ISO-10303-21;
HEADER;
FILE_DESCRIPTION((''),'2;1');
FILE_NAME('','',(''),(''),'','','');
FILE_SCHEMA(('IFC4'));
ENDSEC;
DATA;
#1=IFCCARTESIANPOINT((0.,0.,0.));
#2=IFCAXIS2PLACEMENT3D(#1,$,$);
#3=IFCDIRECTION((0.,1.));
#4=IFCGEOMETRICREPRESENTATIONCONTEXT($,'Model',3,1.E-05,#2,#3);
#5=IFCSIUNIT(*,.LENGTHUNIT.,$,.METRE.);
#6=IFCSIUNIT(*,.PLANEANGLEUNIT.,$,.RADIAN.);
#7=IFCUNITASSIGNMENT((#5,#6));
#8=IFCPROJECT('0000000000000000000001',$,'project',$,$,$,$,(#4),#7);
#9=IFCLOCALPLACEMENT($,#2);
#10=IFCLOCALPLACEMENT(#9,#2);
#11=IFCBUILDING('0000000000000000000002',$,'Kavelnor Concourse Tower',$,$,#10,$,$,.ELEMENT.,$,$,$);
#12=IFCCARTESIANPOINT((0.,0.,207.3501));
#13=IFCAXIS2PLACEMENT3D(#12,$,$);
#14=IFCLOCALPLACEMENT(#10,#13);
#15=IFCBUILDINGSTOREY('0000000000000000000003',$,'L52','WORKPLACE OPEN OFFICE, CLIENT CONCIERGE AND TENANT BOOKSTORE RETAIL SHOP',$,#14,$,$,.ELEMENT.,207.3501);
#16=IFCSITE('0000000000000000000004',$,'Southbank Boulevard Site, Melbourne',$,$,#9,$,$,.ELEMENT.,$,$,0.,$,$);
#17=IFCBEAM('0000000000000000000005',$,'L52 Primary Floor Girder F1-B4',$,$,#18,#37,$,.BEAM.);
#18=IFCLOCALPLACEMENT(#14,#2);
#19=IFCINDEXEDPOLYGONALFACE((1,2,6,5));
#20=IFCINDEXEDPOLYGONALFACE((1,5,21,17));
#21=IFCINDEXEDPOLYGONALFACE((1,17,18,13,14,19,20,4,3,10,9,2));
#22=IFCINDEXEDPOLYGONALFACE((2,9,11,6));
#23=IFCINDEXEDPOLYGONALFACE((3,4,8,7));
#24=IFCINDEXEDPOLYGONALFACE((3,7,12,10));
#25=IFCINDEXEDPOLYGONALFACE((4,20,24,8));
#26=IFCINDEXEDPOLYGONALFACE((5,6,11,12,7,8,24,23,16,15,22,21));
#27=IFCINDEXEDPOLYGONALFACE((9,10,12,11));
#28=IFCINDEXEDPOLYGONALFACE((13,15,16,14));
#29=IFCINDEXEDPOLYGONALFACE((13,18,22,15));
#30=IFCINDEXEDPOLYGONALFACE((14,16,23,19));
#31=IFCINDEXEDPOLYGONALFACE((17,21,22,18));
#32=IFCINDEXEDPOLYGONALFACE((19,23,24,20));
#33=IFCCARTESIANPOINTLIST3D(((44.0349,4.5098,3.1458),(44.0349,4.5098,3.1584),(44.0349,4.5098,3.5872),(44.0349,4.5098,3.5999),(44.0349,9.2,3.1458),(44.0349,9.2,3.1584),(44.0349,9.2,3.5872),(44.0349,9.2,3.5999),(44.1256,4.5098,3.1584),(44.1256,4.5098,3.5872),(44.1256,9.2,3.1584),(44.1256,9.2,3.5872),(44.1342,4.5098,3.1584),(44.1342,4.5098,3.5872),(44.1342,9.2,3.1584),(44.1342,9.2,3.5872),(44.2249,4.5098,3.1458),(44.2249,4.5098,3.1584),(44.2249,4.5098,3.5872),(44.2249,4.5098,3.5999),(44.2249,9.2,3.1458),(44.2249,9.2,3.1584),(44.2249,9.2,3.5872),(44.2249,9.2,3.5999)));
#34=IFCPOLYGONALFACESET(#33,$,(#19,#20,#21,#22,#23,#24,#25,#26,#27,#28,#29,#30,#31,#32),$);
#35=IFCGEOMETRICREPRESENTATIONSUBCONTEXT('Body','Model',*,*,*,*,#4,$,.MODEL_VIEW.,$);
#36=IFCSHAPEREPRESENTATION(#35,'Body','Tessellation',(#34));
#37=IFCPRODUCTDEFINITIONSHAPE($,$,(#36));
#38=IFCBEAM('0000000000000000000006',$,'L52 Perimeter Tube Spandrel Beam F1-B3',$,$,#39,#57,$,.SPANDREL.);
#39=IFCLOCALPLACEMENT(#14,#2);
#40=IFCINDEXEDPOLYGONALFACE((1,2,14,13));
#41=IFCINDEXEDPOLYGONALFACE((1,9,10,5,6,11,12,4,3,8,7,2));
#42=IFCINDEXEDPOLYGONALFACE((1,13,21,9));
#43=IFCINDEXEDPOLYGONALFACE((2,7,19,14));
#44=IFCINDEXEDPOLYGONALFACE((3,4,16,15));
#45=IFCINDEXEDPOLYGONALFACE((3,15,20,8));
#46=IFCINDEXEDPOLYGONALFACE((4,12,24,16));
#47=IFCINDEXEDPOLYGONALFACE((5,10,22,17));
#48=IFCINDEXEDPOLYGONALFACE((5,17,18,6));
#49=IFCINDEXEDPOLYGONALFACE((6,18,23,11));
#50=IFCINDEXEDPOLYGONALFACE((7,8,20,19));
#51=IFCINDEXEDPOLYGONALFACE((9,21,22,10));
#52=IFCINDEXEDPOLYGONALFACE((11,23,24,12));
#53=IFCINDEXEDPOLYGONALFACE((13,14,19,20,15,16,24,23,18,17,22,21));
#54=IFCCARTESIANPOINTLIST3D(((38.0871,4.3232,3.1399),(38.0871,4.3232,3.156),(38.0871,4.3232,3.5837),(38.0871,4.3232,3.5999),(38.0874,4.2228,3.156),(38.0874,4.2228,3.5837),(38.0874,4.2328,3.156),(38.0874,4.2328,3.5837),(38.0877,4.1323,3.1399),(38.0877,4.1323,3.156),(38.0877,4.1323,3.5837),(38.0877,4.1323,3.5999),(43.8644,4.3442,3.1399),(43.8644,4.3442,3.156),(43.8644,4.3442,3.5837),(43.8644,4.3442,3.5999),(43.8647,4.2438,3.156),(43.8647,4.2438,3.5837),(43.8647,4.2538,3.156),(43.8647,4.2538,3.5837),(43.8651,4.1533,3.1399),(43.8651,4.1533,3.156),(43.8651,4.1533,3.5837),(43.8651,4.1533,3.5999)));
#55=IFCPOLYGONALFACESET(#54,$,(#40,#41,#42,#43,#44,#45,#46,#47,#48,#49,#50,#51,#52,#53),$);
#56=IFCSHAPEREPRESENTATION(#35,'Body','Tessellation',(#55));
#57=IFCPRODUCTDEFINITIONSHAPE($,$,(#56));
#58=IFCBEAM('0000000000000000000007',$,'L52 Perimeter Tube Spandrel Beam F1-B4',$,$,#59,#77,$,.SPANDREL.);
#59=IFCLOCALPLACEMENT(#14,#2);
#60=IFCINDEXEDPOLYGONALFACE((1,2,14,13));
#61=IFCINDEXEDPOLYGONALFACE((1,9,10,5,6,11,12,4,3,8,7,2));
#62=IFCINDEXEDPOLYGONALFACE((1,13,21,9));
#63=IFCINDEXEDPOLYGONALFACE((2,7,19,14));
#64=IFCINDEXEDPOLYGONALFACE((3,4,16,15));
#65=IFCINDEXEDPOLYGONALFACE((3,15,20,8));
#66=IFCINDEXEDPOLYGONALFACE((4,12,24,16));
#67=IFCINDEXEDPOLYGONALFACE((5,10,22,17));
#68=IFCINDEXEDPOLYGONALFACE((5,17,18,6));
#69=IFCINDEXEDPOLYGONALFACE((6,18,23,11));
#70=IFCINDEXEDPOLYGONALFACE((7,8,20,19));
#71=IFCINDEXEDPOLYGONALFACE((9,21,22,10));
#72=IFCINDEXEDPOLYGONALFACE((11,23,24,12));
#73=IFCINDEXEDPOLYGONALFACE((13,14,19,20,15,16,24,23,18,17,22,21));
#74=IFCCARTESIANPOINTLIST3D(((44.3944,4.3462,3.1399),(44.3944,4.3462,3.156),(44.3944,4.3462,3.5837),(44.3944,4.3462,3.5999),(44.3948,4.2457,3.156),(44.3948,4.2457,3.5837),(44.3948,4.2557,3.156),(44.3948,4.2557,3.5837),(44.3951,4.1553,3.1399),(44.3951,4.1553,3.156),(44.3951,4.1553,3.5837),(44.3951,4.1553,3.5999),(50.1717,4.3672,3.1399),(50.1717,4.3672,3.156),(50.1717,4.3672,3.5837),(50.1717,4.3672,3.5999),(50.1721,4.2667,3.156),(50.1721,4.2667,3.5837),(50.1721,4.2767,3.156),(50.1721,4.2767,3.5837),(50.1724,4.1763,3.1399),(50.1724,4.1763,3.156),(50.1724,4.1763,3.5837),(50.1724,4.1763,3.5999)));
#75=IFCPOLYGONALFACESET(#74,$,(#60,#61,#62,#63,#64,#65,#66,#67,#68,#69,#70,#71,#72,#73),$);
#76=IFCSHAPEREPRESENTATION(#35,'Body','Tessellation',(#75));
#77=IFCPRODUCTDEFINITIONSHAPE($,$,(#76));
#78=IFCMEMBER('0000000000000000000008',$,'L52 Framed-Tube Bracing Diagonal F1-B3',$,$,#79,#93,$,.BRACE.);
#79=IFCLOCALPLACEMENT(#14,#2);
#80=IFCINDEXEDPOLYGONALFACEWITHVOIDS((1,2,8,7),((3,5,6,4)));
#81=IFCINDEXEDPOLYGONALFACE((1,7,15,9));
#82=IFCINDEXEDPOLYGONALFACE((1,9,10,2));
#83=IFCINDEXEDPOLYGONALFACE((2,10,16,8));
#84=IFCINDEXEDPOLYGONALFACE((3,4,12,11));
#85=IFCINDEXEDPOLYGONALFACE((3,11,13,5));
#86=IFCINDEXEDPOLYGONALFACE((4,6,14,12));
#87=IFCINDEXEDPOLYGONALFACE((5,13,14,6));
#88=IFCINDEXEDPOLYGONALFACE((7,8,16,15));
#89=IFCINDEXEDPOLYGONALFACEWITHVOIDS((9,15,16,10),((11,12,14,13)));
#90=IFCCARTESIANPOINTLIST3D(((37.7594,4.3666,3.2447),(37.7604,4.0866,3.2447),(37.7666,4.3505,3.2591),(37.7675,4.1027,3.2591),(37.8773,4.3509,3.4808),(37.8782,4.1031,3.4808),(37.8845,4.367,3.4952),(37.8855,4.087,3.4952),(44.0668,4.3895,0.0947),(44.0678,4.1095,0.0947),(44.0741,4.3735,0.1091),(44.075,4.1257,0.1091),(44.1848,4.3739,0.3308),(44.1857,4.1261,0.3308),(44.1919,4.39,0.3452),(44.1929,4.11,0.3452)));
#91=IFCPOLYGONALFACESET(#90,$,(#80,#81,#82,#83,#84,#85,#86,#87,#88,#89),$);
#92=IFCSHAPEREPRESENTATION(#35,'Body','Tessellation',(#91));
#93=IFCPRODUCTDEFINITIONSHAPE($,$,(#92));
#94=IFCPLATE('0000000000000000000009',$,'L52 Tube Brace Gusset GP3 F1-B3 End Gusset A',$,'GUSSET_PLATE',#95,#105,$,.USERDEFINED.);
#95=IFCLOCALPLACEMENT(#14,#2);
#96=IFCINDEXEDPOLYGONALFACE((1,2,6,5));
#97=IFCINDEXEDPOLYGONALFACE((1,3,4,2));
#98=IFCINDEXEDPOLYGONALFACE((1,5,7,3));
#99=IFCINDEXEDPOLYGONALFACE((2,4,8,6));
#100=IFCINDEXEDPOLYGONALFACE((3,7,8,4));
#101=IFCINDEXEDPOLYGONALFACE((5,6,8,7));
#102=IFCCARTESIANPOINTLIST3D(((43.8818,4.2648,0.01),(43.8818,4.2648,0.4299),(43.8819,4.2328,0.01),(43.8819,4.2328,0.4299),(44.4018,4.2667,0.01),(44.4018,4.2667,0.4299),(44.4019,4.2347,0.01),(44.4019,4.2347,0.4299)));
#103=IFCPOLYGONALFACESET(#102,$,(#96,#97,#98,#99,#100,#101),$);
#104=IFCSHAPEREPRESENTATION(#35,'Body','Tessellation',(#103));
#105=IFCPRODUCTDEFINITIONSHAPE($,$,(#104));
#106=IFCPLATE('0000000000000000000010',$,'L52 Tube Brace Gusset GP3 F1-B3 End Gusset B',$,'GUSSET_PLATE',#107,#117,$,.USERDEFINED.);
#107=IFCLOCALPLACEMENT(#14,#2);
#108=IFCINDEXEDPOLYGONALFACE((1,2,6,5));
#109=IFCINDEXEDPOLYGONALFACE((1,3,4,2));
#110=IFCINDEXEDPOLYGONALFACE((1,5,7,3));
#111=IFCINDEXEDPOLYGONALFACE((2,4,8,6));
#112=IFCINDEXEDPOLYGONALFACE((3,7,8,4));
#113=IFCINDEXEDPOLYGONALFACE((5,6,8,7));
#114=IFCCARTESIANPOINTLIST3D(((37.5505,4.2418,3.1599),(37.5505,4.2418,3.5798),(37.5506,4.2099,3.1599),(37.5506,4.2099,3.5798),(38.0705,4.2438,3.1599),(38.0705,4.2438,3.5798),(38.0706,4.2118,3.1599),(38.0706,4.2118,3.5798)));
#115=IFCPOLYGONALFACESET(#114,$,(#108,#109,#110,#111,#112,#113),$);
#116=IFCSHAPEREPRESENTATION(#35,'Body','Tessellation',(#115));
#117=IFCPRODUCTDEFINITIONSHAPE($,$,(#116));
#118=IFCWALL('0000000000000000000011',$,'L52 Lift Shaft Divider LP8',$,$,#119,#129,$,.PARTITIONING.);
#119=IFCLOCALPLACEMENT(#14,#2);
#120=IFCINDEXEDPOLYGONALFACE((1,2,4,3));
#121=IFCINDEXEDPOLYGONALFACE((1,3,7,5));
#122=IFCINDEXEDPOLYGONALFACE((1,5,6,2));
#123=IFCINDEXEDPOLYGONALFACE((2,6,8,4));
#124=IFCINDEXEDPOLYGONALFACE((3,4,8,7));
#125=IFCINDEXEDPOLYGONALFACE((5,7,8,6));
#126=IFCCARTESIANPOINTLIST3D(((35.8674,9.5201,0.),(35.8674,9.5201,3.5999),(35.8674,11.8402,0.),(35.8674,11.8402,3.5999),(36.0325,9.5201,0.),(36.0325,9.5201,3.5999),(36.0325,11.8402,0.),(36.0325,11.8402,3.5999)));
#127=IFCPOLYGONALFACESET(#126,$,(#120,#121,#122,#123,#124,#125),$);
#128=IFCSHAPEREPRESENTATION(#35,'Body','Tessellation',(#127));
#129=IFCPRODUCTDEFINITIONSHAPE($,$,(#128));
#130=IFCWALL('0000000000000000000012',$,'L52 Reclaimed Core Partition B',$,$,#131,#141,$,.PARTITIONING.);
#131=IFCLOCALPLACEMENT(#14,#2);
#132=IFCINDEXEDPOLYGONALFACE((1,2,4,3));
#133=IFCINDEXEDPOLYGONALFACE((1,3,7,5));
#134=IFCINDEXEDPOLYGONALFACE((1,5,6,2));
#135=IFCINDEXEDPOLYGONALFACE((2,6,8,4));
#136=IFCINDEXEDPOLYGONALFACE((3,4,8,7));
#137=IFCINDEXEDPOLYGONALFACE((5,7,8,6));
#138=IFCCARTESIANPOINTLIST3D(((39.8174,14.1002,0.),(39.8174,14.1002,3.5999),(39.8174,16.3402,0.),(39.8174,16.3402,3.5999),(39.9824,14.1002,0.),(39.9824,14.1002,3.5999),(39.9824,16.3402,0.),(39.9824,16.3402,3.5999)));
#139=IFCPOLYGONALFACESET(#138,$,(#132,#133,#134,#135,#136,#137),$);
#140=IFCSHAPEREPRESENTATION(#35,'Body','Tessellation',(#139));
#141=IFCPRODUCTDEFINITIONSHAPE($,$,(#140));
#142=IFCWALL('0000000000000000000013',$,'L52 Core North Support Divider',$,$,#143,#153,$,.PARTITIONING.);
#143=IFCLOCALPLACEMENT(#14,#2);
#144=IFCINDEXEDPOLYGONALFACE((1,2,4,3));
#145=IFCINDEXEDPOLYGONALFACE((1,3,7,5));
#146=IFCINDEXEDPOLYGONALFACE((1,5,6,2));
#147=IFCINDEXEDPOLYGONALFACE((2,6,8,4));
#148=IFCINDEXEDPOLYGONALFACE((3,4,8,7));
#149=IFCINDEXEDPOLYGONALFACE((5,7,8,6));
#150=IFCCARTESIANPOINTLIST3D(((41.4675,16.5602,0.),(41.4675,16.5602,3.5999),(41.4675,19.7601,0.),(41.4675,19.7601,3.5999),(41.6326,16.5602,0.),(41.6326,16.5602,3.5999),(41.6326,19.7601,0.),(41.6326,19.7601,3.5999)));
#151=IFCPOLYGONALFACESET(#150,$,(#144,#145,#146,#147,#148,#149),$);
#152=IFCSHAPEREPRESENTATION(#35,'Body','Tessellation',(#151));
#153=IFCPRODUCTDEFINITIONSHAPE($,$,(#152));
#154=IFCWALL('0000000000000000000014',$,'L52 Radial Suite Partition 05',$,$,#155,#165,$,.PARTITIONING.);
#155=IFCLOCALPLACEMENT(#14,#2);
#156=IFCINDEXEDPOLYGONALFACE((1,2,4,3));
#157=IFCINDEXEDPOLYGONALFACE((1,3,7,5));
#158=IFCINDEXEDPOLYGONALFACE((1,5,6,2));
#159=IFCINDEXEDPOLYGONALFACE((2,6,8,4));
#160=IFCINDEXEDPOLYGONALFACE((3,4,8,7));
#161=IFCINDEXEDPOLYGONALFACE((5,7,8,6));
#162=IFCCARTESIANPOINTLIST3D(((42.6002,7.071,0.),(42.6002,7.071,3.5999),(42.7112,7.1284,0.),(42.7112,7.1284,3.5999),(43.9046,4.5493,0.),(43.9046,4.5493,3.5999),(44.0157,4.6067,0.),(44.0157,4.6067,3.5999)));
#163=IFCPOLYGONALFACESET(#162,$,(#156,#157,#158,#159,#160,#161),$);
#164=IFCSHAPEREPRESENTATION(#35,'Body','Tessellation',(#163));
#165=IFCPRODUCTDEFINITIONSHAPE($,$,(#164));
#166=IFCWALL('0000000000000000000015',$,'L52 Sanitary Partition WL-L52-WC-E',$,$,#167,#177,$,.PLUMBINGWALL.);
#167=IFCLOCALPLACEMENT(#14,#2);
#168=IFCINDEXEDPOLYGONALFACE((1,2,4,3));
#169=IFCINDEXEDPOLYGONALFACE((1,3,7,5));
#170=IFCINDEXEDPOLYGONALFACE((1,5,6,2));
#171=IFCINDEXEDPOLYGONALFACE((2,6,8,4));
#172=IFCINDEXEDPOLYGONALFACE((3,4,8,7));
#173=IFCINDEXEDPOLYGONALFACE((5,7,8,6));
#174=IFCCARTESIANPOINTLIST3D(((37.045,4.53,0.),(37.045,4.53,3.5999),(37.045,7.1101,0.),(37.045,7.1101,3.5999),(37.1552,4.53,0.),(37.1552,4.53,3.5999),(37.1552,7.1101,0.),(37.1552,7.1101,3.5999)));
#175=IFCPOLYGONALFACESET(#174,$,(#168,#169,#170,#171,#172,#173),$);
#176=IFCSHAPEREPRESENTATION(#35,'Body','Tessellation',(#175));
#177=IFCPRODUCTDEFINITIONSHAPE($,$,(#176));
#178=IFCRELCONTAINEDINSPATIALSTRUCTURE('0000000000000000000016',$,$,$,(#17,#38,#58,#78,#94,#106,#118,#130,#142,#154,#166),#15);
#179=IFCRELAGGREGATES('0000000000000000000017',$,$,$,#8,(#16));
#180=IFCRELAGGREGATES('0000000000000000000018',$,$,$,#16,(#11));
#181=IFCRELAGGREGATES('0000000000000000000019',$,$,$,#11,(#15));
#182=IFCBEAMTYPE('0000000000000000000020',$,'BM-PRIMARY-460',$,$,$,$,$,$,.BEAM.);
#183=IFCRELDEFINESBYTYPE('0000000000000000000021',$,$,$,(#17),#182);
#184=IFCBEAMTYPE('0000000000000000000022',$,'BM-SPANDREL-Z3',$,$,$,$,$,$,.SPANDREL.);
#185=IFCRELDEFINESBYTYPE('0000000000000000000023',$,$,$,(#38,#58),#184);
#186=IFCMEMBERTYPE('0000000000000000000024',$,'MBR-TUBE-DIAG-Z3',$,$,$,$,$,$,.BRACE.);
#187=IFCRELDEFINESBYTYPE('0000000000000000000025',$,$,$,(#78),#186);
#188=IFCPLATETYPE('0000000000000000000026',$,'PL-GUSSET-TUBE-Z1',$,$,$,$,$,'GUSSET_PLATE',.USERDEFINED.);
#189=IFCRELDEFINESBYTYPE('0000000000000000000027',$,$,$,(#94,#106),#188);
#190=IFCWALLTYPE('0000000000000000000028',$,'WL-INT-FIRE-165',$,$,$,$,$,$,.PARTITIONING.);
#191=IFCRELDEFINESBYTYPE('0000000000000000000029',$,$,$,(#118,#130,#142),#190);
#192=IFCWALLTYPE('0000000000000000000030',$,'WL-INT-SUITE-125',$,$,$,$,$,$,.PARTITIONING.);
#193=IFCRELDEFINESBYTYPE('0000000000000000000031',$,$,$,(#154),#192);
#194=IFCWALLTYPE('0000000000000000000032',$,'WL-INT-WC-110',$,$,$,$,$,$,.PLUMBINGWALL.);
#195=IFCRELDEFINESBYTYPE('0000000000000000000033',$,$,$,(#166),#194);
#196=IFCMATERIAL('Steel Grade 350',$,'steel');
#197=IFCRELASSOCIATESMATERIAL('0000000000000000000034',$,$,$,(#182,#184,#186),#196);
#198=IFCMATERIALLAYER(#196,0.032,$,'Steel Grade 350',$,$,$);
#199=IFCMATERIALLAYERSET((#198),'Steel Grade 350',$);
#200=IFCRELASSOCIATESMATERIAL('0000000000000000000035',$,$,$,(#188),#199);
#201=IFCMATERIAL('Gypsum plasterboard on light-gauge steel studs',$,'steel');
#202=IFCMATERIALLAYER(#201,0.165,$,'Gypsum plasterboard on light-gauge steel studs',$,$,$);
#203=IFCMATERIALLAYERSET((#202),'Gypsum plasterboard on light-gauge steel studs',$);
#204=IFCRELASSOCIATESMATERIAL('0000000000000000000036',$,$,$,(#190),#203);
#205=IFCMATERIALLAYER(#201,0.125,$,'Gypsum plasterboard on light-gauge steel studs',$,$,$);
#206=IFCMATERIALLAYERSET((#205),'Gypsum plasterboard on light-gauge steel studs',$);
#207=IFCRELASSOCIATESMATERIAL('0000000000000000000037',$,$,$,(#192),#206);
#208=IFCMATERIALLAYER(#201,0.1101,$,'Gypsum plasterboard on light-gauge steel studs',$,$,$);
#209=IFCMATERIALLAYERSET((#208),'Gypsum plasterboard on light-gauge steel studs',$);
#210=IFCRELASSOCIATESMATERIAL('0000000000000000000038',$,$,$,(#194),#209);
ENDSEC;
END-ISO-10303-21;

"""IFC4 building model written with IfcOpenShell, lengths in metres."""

from ifc_helpers import new_model, si_unit, direction, frame, frame_2d, origin, origin_2d, place, context, subcontext, project, spatial, rectangle, hollow_rectangle, i_section, extrude, material, layer, layer_set, material_profile, profile_set, type_object, element, save


model = new_model("IFC4")

# Units and contexts
model_context = context("Model", 3, precision=1e-05, world=origin(), true_north=direction((0.0, 1.0)))
body_context = subcontext(model_context, "Body", "Model", "MODEL_VIEW")
ifc_project = project(units=[si_unit("LENGTHUNIT", "METRE"), si_unit("PLANEANGLEUNIT", "RADIAN")], contexts=[model_context])

# Site, building, storey
site_placement = place(None, origin())
site = spatial("IfcSite", under=ifc_project, at=site_placement, Name="Southbank Boulevard Site, Melbourne", CompositionType="ELEMENT", RefElevation=0.0)
building_placement = place(site_placement, origin())
building = spatial("IfcBuilding", under=site, at=building_placement, Name="Kavelnor Concourse Tower", CompositionType="ELEMENT")
storey_placement = place(building_placement, frame((0.0, 0.0, 207.3501)))
storey = spatial("IfcBuildingStorey", under=building, at=storey_placement, Name="L52", Description="WORKPLACE OPEN OFFICE, CLIENT CONCIERGE AND TENANT BOOKSTORE RETAIL SHOP", CompositionType="ELEMENT", Elevation=207.3501)

# Shared definitions
ifc_material_1 = material(Name="Steel Grade 350", Category="steel")

# Beams
ifc_material_profile_1 = material_profile(ifc_material_1, i_section(OverallWidth=0.1899, OverallDepth=0.4541, WebThickness=0.0085, FlangeThickness=0.0127, at=origin_2d()), Name="460UB67")
ifc_profile_set_1 = profile_set([ifc_material_profile_1], Name="Steel Grade 350")
beam_type_1 = type_object("IfcBeamType", Name="BM-PRIMARY-460", PredefinedType="BEAM", material=ifc_profile_set_1)
beam_1_placement = place(storey_placement, frame((44.1299, 9.2, 3.3728), z_axis=(0.0, -1.0, 0.0), x_axis=(1.0, 0.0, 0.0)))
element("IfcBeam", 1, at=beam_1_placement, inside=storey, type_object=beam_type_1, Name="L52 Primary Floor Girder F1-B4", PredefinedType="BEAM", context=body_context, shape_type="SweptSolid", body=[
    extrude(i_section(OverallWidth=0.1899, OverallDepth=0.4541, WebThickness=0.0085, FlangeThickness=0.0127, at=origin_2d()), origin(), (0.0, 0.0, 1.0), 4.6902),
])
ifc_material_profile_2 = material_profile(ifc_material_1, i_section(OverallWidth=0.1909, OverallDepth=0.46, WebThickness=0.01, FlangeThickness=0.0161, at=origin_2d()), Name="460UB82")
ifc_profile_set_2 = profile_set([ifc_material_profile_2], Name="Steel Grade 350")
beam_type_2 = type_object("IfcBeamType", Name="BM-SPANDREL-Z3", PredefinedType="SPANDREL", material=ifc_profile_set_2)
for number, where, z_axis, x_axis, name in (
    (2, (38.0874, 4.2278, 3.3699), (0.999993, 0.003634, 0.0), (-0.003634, 0.999993, 0.0), "L52 Perimeter Tube Spandrel Beam F1-B3"),
    (3, (44.3948, 4.2507, 3.3699), (0.999993, 0.003634, 0.0), (-0.003634, 0.999993, 0.0), "L52 Perimeter Tube Spandrel Beam F1-B4"),
):
    element("IfcBeam", number, at=place(storey_placement, frame(where, z_axis=z_axis, x_axis=x_axis)), inside=storey, type_object=beam_type_2, Name=name, PredefinedType="SPANDREL", context=body_context, shape_type="SweptSolid", body=[
        extrude(i_section(OverallWidth=0.1909, OverallDepth=0.46, WebThickness=0.01, FlangeThickness=0.0161, at=origin_2d()), origin(), (0.0, 0.0, 1.0), 5.7773),
    ])

# Member
ifc_material_profile_3 = material_profile(ifc_material_1, hollow_rectangle(XDim=0.28, YDim=0.28, WallThickness=0.0161, at=origin_2d()), Name="SHS 280x280x16")
ifc_profile_set_3 = profile_set([ifc_material_profile_3], Name="Steel Grade 350")
member_type = type_object("IfcMemberType", Name="MBR-TUBE-DIAG-Z3", PredefinedType="BRACE", material=ifc_profile_set_3)
member_placement = place(storey_placement, frame((44.1299, 4.2498, 0.22), z_axis=(-0.894637, -0.003255, 0.446782), x_axis=(0.003638, -0.999993, 0.0)))
element("IfcMember", 4, at=member_placement, inside=storey, type_object=member_type, Name="L52 Framed-Tube Bracing Diagonal F1-B3", PredefinedType="BRACE", context=body_context, shape_type="SweptSolid", body=[
    extrude(hollow_rectangle(XDim=0.28, YDim=0.28, WallThickness=0.0161, at=origin_2d()), origin(), (0.0, 0.0, 1.0), 7.0503),
])

# Plates
ifc_layer_1 = layer(ifc_material_1, 0.032, Name="Steel Grade 350")
ifc_layer_set_1 = layer_set([ifc_layer_1], Name="Steel Grade 350")
plate_type = type_object("IfcPlateType", Name="PL-GUSSET-TUBE-Z1", ElementType="GUSSET_PLATE", PredefinedType="USERDEFINED", material=ifc_layer_set_1)
for number, where, z_axis, x_axis, name in (
    (5, (44.1418, 4.2498, 0.01), (0.0, 0.0, 1.0), (-0.999993, -0.003665, 0.0), "L52 Tube Brace Gusset GP3 F1-B3 End Gusset A"),
    (6, (37.8105, 4.2268, 3.1599), (0.0, 0.0, 1.0), (-0.999993, -0.003665, 0.0), "L52 Tube Brace Gusset GP3 F1-B3 End Gusset B"),
):
    element("IfcPlate", number, at=place(storey_placement, frame(where, z_axis=z_axis, x_axis=x_axis)), inside=storey, type_object=plate_type, Name=name, ObjectType="GUSSET_PLATE", PredefinedType="USERDEFINED", context=body_context, shape_type="SweptSolid", body=[
        extrude(rectangle(XDim=0.52, YDim=0.032, at=origin_2d()), origin(), (0.0, 0.0, 1.0), 0.4199),
    ])

# Walls
ifc_material_2 = material(Name="Gypsum plasterboard on light-gauge steel studs", Category="steel")
ifc_layer_2 = layer(ifc_material_2, 0.165, Name="Gypsum plasterboard on light-gauge steel studs")
ifc_layer_set_2 = layer_set([ifc_layer_2], Name="Gypsum plasterboard on light-gauge steel studs")
wall_type_1 = type_object("IfcWallType", Name="WL-INT-FIRE-165", PredefinedType="PARTITIONING", material=ifc_layer_set_2)
wall_1_placement = place(storey_placement, frame((35.95, 9.52, 0.0), z_axis=(0.0, 0.0, 1.0), x_axis=(0.0, 1.0, 0.0)))
element("IfcWall", 7, at=wall_1_placement, inside=storey, type_object=wall_type_1, Name="L52 Lift Shaft Divider LP8", PredefinedType="PARTITIONING", context=body_context, shape_type="SweptSolid", body=[
    extrude(rectangle(XDim=2.3201, YDim=0.165, at=frame_2d((1.1602, 0.0))), origin(), (0.0, 0.0, 1.0), 3.5999),
])
wall_2_placement = place(storey_placement, frame((39.8999, 14.1001, 0.0), z_axis=(0.0, 0.0, 1.0), x_axis=(0.0, 1.0, 0.0)))
element("IfcWall", 8, at=wall_2_placement, inside=storey, type_object=wall_type_1, Name="L52 Reclaimed Core Partition B", PredefinedType="PARTITIONING", context=body_context, shape_type="SweptSolid", body=[
    extrude(rectangle(XDim=2.24, YDim=0.165, at=frame_2d((1.1201, 0.0))), origin(), (0.0, 0.0, 1.0), 3.5999),
])
wall_3_placement = place(storey_placement, frame((41.55, 16.5601, 0.0), z_axis=(0.0, 0.0, 1.0), x_axis=(0.0, 1.0, 0.0)))
element("IfcWall", 9, at=wall_3_placement, inside=storey, type_object=wall_type_1, Name="L52 Core North Support Divider", PredefinedType="PARTITIONING", context=body_context, shape_type="SweptSolid", body=[
    extrude(rectangle(XDim=3.2, YDim=0.165, at=frame_2d((1.6001, 0.0))), origin(), (0.0, 0.0, 1.0), 3.5999),
])
ifc_layer_3 = layer(ifc_material_2, 0.125, Name="Gypsum plasterboard on light-gauge steel studs")
ifc_layer_set_3 = layer_set([ifc_layer_3], Name="Gypsum plasterboard on light-gauge steel studs")
wall_type_2 = type_object("IfcWallType", Name="WL-INT-SUITE-125", PredefinedType="PARTITIONING", material=ifc_layer_set_3)
wall_4_placement = place(storey_placement, frame((42.6558, 7.0996, 0.0), z_axis=(0.0, 0.0, 1.0), x_axis=(0.459451, -0.888203, 0.0)))
element("IfcWall", 10, at=wall_4_placement, inside=storey, type_object=wall_type_2, Name="L52 Radial Suite Partition 05", PredefinedType="PARTITIONING", context=body_context, shape_type="SweptSolid", body=[
    extrude(rectangle(XDim=2.8391, YDim=0.125, at=frame_2d((1.4194, 0.0))), origin(), (0.0, 0.0, 1.0), 3.5999),
])
ifc_layer_4 = layer(ifc_material_2, 0.1101, Name="Gypsum plasterboard on light-gauge steel studs")
ifc_layer_set_4 = layer_set([ifc_layer_4], Name="Gypsum plasterboard on light-gauge steel studs")
wall_type_3 = type_object("IfcWallType", Name="WL-INT-WC-110", PredefinedType="PLUMBINGWALL", material=ifc_layer_set_4)
wall_5_placement = place(storey_placement, frame((37.1001, 4.53, 0.0), z_axis=(0.0, 0.0, 1.0), x_axis=(0.0, 1.0, 0.0)))
element("IfcWall", 11, at=wall_5_placement, inside=storey, type_object=wall_type_3, Name="L52 Sanitary Partition WL-L52-WC-E", PredefinedType="PLUMBINGWALL", context=body_context, shape_type="SweptSolid", body=[
    extrude(rectangle(XDim=2.5801, YDim=0.1101, at=frame_2d((1.29, 0.0))), origin(), (0.0, 0.0, 1.0), 3.5999),
])

save(model, "model.ifc")
